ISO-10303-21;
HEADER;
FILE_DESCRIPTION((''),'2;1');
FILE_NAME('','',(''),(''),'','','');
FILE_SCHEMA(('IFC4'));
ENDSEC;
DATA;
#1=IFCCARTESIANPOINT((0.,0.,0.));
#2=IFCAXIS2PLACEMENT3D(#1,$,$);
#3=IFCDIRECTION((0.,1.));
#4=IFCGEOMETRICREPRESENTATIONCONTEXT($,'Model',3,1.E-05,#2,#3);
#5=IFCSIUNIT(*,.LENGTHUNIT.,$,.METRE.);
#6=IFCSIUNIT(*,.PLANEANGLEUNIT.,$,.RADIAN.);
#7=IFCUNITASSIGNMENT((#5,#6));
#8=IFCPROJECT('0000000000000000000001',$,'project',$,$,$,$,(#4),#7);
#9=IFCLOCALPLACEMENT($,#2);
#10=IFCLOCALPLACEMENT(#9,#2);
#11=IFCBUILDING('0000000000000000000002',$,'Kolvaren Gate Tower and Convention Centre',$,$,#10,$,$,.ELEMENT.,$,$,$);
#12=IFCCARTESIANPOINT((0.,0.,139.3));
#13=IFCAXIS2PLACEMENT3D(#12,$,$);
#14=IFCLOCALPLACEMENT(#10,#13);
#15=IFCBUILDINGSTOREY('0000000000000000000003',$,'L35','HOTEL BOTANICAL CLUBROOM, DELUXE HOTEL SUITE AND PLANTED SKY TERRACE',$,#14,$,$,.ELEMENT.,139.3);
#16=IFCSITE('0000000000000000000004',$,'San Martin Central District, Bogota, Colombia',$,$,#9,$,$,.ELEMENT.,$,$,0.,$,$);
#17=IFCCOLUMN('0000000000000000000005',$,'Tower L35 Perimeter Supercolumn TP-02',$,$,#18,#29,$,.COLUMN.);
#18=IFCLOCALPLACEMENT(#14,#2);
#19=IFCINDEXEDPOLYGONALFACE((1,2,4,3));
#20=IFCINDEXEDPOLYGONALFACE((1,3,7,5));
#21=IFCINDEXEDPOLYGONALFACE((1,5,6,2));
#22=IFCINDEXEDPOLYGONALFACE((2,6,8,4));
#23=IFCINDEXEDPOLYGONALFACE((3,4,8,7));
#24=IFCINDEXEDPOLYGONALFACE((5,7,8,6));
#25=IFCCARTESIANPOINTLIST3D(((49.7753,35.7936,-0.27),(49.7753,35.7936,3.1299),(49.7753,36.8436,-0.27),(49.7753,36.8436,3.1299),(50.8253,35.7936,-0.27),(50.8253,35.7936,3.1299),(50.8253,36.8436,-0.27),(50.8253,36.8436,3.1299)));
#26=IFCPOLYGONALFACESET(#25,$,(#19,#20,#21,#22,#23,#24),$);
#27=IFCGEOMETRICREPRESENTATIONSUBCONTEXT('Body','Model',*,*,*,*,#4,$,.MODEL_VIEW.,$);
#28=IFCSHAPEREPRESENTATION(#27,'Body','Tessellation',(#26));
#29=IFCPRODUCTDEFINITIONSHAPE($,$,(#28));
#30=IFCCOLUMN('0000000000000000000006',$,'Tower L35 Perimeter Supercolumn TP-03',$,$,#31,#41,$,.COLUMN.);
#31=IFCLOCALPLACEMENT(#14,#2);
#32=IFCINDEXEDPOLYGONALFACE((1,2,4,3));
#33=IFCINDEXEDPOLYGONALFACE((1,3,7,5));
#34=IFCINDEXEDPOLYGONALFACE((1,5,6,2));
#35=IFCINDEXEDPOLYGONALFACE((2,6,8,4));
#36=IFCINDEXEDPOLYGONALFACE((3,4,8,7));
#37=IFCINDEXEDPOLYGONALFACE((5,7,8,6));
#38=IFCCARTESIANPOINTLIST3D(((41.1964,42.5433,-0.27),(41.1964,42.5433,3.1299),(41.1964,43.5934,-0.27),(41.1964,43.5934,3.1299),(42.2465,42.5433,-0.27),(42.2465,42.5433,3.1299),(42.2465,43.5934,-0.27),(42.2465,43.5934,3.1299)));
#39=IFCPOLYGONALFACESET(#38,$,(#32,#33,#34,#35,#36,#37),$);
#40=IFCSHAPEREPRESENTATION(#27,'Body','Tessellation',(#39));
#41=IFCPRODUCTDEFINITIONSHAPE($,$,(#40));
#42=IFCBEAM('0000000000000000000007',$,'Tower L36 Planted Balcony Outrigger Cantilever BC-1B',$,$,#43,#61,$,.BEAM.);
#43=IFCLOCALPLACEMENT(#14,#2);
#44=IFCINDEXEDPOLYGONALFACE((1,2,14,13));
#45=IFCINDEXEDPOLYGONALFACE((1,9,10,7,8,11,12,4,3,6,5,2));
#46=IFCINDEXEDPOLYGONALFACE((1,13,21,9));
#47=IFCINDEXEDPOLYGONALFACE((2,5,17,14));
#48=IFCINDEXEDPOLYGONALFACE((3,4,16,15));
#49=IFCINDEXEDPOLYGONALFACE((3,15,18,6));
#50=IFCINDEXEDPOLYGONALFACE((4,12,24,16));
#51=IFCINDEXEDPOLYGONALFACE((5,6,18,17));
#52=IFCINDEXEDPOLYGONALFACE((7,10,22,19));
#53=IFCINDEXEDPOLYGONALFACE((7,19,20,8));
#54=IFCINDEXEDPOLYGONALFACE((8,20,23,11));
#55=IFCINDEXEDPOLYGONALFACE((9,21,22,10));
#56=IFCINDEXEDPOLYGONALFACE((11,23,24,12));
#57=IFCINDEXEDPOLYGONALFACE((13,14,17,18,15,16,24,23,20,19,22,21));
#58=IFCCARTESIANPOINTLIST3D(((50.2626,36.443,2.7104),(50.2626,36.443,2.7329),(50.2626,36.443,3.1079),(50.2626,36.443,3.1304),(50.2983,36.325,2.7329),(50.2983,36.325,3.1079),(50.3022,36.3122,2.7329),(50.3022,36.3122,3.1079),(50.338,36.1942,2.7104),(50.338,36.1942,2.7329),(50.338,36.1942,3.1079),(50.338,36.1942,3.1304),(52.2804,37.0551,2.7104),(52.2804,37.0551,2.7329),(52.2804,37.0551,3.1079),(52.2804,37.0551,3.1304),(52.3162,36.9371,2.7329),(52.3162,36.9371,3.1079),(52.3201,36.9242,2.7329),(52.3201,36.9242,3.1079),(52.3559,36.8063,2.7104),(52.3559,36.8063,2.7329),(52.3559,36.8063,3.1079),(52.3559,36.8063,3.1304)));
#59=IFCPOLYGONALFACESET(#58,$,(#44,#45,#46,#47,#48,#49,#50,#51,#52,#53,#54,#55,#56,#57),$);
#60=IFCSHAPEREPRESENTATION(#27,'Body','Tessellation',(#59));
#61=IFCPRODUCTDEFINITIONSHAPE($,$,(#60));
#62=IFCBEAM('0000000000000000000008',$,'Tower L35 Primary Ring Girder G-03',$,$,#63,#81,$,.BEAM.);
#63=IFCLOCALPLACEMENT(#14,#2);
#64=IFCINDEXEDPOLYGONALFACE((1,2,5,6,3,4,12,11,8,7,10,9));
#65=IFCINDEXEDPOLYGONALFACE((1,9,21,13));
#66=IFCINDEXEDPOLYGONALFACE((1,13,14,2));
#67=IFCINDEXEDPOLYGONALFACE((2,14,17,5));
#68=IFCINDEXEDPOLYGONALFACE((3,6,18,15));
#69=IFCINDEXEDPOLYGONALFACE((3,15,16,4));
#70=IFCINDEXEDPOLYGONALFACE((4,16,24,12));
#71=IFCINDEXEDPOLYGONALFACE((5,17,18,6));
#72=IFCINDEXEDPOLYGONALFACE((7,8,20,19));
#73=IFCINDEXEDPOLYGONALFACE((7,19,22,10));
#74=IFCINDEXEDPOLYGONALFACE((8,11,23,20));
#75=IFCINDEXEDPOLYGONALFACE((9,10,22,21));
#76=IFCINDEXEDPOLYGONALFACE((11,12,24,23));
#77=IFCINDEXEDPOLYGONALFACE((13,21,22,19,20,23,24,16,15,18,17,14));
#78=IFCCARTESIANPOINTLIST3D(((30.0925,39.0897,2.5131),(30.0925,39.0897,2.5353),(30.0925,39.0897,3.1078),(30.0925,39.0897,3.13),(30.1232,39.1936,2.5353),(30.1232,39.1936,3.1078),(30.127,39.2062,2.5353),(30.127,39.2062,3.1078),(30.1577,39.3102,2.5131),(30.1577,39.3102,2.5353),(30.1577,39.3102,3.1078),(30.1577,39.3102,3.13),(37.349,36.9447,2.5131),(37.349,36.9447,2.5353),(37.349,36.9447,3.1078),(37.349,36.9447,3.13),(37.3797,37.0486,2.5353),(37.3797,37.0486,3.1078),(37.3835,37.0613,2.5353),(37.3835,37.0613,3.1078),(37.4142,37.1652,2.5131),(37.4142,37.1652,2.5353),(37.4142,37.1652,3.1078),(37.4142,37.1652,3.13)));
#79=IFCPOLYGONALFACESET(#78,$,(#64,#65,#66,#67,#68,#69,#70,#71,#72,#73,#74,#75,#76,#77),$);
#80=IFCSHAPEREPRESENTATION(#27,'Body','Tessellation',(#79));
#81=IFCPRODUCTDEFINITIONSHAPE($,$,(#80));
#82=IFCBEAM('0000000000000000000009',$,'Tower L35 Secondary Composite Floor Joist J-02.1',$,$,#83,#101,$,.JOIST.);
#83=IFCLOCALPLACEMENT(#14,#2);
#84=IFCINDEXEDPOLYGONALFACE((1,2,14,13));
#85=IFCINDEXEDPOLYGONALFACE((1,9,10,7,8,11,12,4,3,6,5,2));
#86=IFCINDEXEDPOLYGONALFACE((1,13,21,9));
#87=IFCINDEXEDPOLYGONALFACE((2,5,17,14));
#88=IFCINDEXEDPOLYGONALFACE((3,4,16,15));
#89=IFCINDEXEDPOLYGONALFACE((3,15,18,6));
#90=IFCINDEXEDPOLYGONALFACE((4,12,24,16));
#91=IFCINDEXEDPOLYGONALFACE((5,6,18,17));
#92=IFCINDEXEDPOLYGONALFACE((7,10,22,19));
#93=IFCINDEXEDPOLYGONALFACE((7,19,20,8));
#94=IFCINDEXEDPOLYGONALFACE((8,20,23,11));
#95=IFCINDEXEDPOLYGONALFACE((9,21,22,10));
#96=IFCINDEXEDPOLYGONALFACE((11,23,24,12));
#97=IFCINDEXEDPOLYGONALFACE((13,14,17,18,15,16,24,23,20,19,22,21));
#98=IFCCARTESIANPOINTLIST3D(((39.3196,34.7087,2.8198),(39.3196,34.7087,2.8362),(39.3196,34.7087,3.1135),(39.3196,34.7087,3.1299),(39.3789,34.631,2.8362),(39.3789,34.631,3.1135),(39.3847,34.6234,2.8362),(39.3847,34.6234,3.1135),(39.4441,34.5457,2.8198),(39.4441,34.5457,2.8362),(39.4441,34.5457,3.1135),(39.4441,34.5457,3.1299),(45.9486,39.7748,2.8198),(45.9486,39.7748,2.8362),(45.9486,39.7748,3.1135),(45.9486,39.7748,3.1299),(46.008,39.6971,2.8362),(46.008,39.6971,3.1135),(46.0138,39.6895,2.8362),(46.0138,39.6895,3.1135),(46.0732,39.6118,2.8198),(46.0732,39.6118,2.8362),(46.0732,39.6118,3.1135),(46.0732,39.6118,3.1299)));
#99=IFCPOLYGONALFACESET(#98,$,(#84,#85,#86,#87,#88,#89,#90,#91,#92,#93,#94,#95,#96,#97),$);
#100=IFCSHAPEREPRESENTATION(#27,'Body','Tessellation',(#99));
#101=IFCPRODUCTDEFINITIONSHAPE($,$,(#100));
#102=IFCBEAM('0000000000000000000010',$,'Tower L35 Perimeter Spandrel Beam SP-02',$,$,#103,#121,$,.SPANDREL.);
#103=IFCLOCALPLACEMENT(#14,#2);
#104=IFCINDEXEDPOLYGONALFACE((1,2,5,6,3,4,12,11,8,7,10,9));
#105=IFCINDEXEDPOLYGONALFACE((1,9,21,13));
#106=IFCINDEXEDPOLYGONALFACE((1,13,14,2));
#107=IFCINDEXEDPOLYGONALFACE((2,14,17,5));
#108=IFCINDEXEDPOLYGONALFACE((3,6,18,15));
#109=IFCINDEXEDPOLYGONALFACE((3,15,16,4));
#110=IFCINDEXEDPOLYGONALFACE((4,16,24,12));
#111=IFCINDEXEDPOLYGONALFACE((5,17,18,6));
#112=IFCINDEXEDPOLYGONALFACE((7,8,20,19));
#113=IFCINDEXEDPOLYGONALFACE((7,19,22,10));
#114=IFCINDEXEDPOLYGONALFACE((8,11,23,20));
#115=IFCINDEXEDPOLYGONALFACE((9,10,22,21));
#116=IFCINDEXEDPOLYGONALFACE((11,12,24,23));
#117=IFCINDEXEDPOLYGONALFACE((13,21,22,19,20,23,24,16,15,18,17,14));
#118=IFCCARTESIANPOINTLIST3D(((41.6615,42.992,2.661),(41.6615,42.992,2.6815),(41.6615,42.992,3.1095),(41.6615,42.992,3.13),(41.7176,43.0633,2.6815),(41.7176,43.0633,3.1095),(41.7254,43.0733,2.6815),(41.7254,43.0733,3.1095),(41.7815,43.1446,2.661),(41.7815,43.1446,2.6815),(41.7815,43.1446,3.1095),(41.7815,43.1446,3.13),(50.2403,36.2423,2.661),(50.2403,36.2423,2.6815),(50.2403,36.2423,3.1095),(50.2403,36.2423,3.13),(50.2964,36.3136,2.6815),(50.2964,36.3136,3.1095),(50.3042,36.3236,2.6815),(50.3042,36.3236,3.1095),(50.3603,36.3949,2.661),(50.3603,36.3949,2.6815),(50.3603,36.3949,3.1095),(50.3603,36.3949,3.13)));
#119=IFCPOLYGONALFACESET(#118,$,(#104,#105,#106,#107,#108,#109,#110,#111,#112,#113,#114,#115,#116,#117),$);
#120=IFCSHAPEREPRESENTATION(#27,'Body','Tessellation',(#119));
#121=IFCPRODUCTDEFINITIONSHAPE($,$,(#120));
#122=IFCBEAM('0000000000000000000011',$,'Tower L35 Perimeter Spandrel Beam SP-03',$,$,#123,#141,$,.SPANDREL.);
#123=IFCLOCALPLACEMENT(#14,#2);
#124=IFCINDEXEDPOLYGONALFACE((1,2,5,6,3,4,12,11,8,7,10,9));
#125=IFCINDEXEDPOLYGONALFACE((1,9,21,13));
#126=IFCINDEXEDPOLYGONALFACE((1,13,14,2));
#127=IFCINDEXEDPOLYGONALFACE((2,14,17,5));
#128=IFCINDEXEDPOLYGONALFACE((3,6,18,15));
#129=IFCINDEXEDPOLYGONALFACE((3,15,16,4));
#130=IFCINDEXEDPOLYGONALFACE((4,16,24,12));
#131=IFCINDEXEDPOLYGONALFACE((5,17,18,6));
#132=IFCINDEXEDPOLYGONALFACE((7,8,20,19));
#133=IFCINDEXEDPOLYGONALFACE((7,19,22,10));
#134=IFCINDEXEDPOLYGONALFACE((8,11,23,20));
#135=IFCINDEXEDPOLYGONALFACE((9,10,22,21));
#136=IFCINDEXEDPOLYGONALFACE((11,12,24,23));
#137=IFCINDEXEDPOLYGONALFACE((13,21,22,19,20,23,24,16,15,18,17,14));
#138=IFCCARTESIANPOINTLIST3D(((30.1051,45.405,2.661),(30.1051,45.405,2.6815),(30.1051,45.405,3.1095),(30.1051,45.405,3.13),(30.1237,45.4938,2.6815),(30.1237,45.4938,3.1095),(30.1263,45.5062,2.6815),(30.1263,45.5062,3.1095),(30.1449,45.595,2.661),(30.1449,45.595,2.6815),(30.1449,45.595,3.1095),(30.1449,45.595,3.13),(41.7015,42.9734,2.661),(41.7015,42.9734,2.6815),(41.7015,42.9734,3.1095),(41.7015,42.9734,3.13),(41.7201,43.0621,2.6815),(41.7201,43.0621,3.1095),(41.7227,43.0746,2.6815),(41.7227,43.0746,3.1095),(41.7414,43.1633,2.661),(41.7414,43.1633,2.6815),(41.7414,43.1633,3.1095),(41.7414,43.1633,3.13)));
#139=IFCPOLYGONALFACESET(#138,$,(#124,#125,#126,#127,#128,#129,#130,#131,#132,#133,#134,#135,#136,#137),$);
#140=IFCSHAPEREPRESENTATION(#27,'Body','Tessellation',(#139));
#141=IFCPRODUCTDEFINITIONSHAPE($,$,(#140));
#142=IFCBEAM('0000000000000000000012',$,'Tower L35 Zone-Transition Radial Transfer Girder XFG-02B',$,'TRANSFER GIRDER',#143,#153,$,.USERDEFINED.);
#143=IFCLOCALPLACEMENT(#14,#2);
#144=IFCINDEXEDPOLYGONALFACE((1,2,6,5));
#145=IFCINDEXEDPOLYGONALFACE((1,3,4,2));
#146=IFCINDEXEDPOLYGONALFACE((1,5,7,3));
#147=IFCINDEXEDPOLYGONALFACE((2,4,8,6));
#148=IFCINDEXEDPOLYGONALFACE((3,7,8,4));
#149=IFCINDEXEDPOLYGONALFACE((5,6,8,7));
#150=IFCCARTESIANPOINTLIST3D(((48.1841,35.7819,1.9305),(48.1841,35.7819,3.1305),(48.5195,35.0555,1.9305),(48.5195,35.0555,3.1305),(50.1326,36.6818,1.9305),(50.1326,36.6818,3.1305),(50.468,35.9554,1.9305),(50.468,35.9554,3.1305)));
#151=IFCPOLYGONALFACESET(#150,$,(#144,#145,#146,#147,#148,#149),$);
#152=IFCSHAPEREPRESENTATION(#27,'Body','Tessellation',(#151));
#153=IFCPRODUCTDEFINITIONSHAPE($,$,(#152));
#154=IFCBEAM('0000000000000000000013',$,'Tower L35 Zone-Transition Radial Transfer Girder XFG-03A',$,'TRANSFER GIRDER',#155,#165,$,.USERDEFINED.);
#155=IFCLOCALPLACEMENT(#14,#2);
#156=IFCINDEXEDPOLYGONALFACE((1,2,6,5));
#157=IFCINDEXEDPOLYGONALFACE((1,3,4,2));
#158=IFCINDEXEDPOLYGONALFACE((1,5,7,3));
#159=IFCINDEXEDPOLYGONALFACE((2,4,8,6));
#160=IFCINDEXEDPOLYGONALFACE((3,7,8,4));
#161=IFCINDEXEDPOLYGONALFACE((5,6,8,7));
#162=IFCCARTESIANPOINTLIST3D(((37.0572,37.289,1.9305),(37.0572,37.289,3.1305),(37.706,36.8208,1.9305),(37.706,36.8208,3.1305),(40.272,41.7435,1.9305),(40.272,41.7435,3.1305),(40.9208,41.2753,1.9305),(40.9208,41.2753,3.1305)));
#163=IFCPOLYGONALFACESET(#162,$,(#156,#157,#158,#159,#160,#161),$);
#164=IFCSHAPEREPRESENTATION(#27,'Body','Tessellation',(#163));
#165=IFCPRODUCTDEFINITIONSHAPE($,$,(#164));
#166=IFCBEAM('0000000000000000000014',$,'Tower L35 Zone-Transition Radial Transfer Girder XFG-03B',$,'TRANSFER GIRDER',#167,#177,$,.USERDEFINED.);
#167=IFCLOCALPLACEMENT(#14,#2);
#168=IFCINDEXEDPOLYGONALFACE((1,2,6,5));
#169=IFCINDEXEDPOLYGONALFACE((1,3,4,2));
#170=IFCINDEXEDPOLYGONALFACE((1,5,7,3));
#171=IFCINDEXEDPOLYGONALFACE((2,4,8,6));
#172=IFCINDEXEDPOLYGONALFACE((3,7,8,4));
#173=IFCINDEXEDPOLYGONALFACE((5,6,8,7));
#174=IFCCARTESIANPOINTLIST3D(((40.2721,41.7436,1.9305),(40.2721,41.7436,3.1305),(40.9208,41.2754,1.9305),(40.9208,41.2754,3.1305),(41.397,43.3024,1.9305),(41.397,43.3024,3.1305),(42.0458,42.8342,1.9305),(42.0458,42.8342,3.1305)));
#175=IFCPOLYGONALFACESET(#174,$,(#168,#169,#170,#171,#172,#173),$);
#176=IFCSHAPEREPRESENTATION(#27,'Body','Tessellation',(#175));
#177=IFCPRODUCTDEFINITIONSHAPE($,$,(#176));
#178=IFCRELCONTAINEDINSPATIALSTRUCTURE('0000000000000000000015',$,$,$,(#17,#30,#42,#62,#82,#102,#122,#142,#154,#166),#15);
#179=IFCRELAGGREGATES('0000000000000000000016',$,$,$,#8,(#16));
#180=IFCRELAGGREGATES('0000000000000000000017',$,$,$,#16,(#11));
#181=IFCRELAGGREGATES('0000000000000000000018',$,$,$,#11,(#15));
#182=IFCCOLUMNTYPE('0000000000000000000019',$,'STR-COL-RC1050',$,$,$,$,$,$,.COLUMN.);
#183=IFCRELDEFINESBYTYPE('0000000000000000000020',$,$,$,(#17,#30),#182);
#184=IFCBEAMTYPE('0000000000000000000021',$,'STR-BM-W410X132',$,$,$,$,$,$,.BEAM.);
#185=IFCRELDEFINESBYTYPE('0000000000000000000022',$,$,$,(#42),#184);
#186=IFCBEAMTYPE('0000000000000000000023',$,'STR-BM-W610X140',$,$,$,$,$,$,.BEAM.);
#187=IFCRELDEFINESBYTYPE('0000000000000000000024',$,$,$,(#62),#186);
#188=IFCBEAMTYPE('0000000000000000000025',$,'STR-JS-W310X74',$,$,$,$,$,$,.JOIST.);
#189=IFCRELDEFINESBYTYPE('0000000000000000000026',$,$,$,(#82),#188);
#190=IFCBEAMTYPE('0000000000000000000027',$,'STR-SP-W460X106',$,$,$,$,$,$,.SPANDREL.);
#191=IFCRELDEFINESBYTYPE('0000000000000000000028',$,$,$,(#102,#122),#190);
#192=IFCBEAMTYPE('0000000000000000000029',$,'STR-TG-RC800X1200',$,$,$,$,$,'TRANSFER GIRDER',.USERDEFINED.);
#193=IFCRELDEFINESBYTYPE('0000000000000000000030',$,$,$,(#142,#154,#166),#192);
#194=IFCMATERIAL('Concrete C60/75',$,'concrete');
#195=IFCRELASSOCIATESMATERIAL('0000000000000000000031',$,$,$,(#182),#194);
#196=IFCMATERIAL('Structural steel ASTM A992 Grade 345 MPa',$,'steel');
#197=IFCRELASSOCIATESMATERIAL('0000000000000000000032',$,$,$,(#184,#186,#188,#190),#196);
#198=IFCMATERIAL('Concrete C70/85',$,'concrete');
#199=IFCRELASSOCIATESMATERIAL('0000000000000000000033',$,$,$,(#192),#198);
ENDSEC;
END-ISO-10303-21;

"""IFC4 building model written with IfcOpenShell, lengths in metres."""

from ifc_helpers import new_model, si_unit, direction, frame, origin, origin_2d, place, context, subcontext, project, spatial, rectangle, i_section, extrude, material, material_profile, profile_set, type_object, element, save


model = new_model("IFC4")

# Units and contexts
model_context = context("Model", 3, precision=1e-05, world=origin(), true_north=direction((0.0, 1.0)))
body_context = subcontext(model_context, "Body", "Model", "MODEL_VIEW")
ifc_project = project(units=[si_unit("LENGTHUNIT", "METRE"), si_unit("PLANEANGLEUNIT", "RADIAN")], contexts=[model_context])

# Site, building, storey
site_placement = place(None, origin())
site = spatial("IfcSite", under=ifc_project, at=site_placement, Name="San Martin Central District, Bogota, Colombia", CompositionType="ELEMENT", RefElevation=0.0)
building_placement = place(site_placement, origin())
building = spatial("IfcBuilding", under=site, at=building_placement, Name="Kolvaren Gate Tower and Convention Centre", CompositionType="ELEMENT")
storey_placement = place(building_placement, frame((0.0, 0.0, 139.3)))
storey = spatial("IfcBuildingStorey", under=building, at=storey_placement, Name="L35", Description="HOTEL BOTANICAL CLUBROOM, DELUXE HOTEL SUITE AND PLANTED SKY TERRACE", CompositionType="ELEMENT", Elevation=139.3)

# Columns
ifc_material_1 = material(Name="Concrete C60/75", Category="concrete")
ifc_material_profile_1 = material_profile(ifc_material_1, rectangle(XDim=1.05, YDim=1.05, at=origin_2d()), Name="RC-COL-1050X1050")
ifc_profile_set_1 = profile_set([ifc_material_profile_1], Name="Concrete C60/75")
column_type = type_object("IfcColumnType", Name="STR-COL-RC1050", PredefinedType="COLUMN", material=ifc_profile_set_1)
for number, where, z_axis, x_axis, name in (
    (1, (50.3003, 36.3186, -0.27), (0.0, 0.0, 1.0), (1.0, 0.0, 0.0), "Tower L35 Perimeter Supercolumn TP-02"),
    (2, (41.7214, 43.0684, -0.27), (0.0, 0.0, 1.0), (1.0, 0.0, 0.0), "Tower L35 Perimeter Supercolumn TP-03"),
):
    element("IfcColumn", number, at=place(storey_placement, frame(where, z_axis=z_axis, x_axis=x_axis)), inside=storey, type_object=column_type, Name=name, PredefinedType="COLUMN", context=body_context, shape_type="SweptSolid", body=[
        extrude(rectangle(XDim=1.05, YDim=1.05, at=origin_2d()), origin(), (0.0, 0.0, 1.0), 3.3999),
    ])

# Beams
ifc_material_2 = material(Name="Structural steel ASTM A992 Grade 345 MPa", Category="steel")
ifc_material_profile_2 = material_profile(ifc_material_2, i_section(OverallWidth=0.26, OverallDepth=0.4199, WebThickness=0.0134, FlangeThickness=0.0225, at=origin_2d()), Name="W410X132")
ifc_profile_set_2 = profile_set([ifc_material_profile_2], Name="Structural steel ASTM A992 Grade 345 MPa")
beam_type_1 = type_object("IfcBeamType", Name="STR-BM-W410X132", PredefinedType="BEAM", material=ifc_profile_set_2)
beam_1_placement = place(storey_placement, frame((50.3003, 36.3186, 2.9204), z_axis=(0.956945, 0.290268, 0.0), x_axis=(-0.290268, 0.956945, 0.0)))
element("IfcBeam", 3, at=beam_1_placement, inside=storey, type_object=beam_type_1, Name="Tower L36 Planted Balcony Outrigger Cantilever BC-1B", PredefinedType="BEAM", context=body_context, shape_type="SweptSolid", body=[
    extrude(i_section(OverallWidth=0.26, OverallDepth=0.4199, WebThickness=0.0134, FlangeThickness=0.0225, at=origin_2d()), origin(), (0.0, 0.0, 1.0), 2.1086),
])
ifc_material_profile_3 = material_profile(ifc_material_2, i_section(OverallWidth=0.23, OverallDepth=0.6169, WebThickness=0.0132, FlangeThickness=0.0222, at=origin_2d()), Name="W610X140")
ifc_profile_set_3 = profile_set([ifc_material_profile_3], Name="Structural steel ASTM A992 Grade 345 MPa")
beam_type_2 = type_object("IfcBeamType", Name="STR-BM-W610X140", PredefinedType="BEAM", material=ifc_profile_set_3)
beam_2_placement = place(storey_placement, frame((37.3816, 37.0549, 2.8215), z_axis=(-0.958981, 0.283471, 0.0), x_axis=(-0.283471, -0.958981, 0.0)))
element("IfcBeam", 4, at=beam_2_placement, inside=storey, type_object=beam_type_2, Name="Tower L35 Primary Ring Girder G-03", PredefinedType="BEAM", context=body_context, shape_type="SweptSolid", body=[
    extrude(i_section(OverallWidth=0.23, OverallDepth=0.6169, WebThickness=0.0132, FlangeThickness=0.0222, at=origin_2d()), origin(), (0.0, 0.0, 1.0), 7.5669),
])
ifc_material_profile_4 = material_profile(ifc_material_2, i_section(OverallWidth=0.2051, OverallDepth=0.3101, WebThickness=0.0095, FlangeThickness=0.0164, at=origin_2d()), Name="W310X74")
ifc_profile_set_4 = profile_set([ifc_material_profile_4], Name="Structural steel ASTM A992 Grade 345 MPa")
beam_type_3 = type_object("IfcBeamType", Name="STR-JS-W310X74", PredefinedType="JOIST", material=ifc_profile_set_4)
beam_3_placement = place(storey_placement, frame((39.3818, 34.6272, 2.9749), z_axis=(0.794542, 0.607209, 0.0), x_axis=(-0.607209, 0.794542, 0.0)))
element("IfcBeam", 5, at=beam_3_placement, inside=storey, type_object=beam_type_3, Name="Tower L35 Secondary Composite Floor Joist J-02.1", PredefinedType="JOIST", context=body_context, shape_type="SweptSolid", body=[
    extrude(i_section(OverallWidth=0.2051, OverallDepth=0.3101, WebThickness=0.0095, FlangeThickness=0.0164, at=origin_2d()), origin(), (0.0, 0.0, 1.0), 8.3433),
])
ifc_material_profile_5 = material_profile(ifc_material_2, i_section(OverallWidth=0.1941, OverallDepth=0.469, WebThickness=0.0127, FlangeThickness=0.0205, at=origin_2d()), Name="W460X106")
ifc_profile_set_5 = profile_set([ifc_material_profile_5], Name="Structural steel ASTM A992 Grade 345 MPa")
beam_type_4 = type_object("IfcBeamType", Name="STR-SP-W460X106", PredefinedType="SPANDREL", material=ifc_profile_set_5)
beam_4_placement = place(storey_placement, frame((50.3003, 36.3186, 2.8955), z_axis=(-0.785908, 0.618344, 0.0), x_axis=(-0.618344, -0.785908, 0.0)))
element("IfcBeam", 6, at=beam_4_placement, inside=storey, type_object=beam_type_4, Name="Tower L35 Perimeter Spandrel Beam SP-02", PredefinedType="SPANDREL", context=body_context, shape_type="SweptSolid", body=[
    extrude(i_section(OverallWidth=0.1941, OverallDepth=0.469, WebThickness=0.0127, FlangeThickness=0.0205, at=origin_2d()), origin(), (0.0, 0.0, 1.0), 10.9158),
])
beam_5_placement = place(storey_placement, frame((41.7214, 43.0684, 2.8955), z_axis=(-0.978715, 0.205225, 0.0), x_axis=(-0.205225, -0.978715, 0.0)))
element("IfcBeam", 7, at=beam_5_placement, inside=storey, type_object=beam_type_4, Name="Tower L35 Perimeter Spandrel Beam SP-03", PredefinedType="SPANDREL", context=body_context, shape_type="SweptSolid", body=[
    extrude(i_section(OverallWidth=0.1941, OverallDepth=0.469, WebThickness=0.0127, FlangeThickness=0.0205, at=origin_2d()), origin(), (0.0, 0.0, 1.0), 11.8486),
])
ifc_material_3 = material(Name="Concrete C70/85", Category="concrete")
ifc_material_profile_6 = material_profile(ifc_material_3, rectangle(XDim=0.8, YDim=1.2, at=origin_2d()), Name="RC-BM-800X1200")
ifc_profile_set_6 = profile_set([ifc_material_profile_6], Name="Concrete C70/85")
beam_type_5 = type_object("IfcBeamType", Name="STR-TG-RC800X1200", ElementType="TRANSFER GIRDER", PredefinedType="USERDEFINED", material=ifc_profile_set_6)
beam_6_placement = place(storey_placement, frame((48.3518, 35.4187, 2.5305), z_axis=(0.907853, 0.419289, 0.0), x_axis=(-0.419289, 0.907853, 0.0)))
element("IfcBeam", 8, at=beam_6_placement, inside=storey, type_object=beam_type_5, Name="Tower L35 Zone-Transition Radial Transfer Girder XFG-02B", ObjectType="TRANSFER GIRDER", PredefinedType="USERDEFINED", context=body_context, shape_type="SweptSolid", body=[
    extrude(rectangle(XDim=0.8, YDim=1.2, at=origin_2d()), origin(), (0.0, 0.0, 1.0), 2.1462),
])
beam_7_placement = place(storey_placement, frame((37.3816, 37.0549, 2.5305), z_axis=(0.585208, 0.810883, 0.0), x_axis=(-0.810883, 0.585208, 0.0)))
element("IfcBeam", 9, at=beam_7_placement, inside=storey, type_object=beam_type_5, Name="Tower L35 Zone-Transition Radial Transfer Girder XFG-03A", ObjectType="TRANSFER GIRDER", PredefinedType="USERDEFINED", context=body_context, shape_type="SweptSolid", body=[
    extrude(rectangle(XDim=0.8, YDim=1.2, at=origin_2d()), origin(), (0.0, 0.0, 1.0), 5.4934),
])
beam_8_placement = place(storey_placement, frame((40.5964, 41.5095, 2.5305), z_axis=(0.585208, 0.810883, 0.0), x_axis=(-0.810883, 0.585208, 0.0)))
element("IfcBeam", 10, at=beam_8_placement, inside=storey, type_object=beam_type_5, Name="Tower L35 Zone-Transition Radial Transfer Girder XFG-03B", ObjectType="TRANSFER GIRDER", PredefinedType="USERDEFINED", context=body_context, shape_type="SweptSolid", body=[
    extrude(rectangle(XDim=0.8, YDim=1.2, at=origin_2d()), origin(), (0.0, 0.0, 1.0), 1.9224),
])

save(model, "model.ifc")
